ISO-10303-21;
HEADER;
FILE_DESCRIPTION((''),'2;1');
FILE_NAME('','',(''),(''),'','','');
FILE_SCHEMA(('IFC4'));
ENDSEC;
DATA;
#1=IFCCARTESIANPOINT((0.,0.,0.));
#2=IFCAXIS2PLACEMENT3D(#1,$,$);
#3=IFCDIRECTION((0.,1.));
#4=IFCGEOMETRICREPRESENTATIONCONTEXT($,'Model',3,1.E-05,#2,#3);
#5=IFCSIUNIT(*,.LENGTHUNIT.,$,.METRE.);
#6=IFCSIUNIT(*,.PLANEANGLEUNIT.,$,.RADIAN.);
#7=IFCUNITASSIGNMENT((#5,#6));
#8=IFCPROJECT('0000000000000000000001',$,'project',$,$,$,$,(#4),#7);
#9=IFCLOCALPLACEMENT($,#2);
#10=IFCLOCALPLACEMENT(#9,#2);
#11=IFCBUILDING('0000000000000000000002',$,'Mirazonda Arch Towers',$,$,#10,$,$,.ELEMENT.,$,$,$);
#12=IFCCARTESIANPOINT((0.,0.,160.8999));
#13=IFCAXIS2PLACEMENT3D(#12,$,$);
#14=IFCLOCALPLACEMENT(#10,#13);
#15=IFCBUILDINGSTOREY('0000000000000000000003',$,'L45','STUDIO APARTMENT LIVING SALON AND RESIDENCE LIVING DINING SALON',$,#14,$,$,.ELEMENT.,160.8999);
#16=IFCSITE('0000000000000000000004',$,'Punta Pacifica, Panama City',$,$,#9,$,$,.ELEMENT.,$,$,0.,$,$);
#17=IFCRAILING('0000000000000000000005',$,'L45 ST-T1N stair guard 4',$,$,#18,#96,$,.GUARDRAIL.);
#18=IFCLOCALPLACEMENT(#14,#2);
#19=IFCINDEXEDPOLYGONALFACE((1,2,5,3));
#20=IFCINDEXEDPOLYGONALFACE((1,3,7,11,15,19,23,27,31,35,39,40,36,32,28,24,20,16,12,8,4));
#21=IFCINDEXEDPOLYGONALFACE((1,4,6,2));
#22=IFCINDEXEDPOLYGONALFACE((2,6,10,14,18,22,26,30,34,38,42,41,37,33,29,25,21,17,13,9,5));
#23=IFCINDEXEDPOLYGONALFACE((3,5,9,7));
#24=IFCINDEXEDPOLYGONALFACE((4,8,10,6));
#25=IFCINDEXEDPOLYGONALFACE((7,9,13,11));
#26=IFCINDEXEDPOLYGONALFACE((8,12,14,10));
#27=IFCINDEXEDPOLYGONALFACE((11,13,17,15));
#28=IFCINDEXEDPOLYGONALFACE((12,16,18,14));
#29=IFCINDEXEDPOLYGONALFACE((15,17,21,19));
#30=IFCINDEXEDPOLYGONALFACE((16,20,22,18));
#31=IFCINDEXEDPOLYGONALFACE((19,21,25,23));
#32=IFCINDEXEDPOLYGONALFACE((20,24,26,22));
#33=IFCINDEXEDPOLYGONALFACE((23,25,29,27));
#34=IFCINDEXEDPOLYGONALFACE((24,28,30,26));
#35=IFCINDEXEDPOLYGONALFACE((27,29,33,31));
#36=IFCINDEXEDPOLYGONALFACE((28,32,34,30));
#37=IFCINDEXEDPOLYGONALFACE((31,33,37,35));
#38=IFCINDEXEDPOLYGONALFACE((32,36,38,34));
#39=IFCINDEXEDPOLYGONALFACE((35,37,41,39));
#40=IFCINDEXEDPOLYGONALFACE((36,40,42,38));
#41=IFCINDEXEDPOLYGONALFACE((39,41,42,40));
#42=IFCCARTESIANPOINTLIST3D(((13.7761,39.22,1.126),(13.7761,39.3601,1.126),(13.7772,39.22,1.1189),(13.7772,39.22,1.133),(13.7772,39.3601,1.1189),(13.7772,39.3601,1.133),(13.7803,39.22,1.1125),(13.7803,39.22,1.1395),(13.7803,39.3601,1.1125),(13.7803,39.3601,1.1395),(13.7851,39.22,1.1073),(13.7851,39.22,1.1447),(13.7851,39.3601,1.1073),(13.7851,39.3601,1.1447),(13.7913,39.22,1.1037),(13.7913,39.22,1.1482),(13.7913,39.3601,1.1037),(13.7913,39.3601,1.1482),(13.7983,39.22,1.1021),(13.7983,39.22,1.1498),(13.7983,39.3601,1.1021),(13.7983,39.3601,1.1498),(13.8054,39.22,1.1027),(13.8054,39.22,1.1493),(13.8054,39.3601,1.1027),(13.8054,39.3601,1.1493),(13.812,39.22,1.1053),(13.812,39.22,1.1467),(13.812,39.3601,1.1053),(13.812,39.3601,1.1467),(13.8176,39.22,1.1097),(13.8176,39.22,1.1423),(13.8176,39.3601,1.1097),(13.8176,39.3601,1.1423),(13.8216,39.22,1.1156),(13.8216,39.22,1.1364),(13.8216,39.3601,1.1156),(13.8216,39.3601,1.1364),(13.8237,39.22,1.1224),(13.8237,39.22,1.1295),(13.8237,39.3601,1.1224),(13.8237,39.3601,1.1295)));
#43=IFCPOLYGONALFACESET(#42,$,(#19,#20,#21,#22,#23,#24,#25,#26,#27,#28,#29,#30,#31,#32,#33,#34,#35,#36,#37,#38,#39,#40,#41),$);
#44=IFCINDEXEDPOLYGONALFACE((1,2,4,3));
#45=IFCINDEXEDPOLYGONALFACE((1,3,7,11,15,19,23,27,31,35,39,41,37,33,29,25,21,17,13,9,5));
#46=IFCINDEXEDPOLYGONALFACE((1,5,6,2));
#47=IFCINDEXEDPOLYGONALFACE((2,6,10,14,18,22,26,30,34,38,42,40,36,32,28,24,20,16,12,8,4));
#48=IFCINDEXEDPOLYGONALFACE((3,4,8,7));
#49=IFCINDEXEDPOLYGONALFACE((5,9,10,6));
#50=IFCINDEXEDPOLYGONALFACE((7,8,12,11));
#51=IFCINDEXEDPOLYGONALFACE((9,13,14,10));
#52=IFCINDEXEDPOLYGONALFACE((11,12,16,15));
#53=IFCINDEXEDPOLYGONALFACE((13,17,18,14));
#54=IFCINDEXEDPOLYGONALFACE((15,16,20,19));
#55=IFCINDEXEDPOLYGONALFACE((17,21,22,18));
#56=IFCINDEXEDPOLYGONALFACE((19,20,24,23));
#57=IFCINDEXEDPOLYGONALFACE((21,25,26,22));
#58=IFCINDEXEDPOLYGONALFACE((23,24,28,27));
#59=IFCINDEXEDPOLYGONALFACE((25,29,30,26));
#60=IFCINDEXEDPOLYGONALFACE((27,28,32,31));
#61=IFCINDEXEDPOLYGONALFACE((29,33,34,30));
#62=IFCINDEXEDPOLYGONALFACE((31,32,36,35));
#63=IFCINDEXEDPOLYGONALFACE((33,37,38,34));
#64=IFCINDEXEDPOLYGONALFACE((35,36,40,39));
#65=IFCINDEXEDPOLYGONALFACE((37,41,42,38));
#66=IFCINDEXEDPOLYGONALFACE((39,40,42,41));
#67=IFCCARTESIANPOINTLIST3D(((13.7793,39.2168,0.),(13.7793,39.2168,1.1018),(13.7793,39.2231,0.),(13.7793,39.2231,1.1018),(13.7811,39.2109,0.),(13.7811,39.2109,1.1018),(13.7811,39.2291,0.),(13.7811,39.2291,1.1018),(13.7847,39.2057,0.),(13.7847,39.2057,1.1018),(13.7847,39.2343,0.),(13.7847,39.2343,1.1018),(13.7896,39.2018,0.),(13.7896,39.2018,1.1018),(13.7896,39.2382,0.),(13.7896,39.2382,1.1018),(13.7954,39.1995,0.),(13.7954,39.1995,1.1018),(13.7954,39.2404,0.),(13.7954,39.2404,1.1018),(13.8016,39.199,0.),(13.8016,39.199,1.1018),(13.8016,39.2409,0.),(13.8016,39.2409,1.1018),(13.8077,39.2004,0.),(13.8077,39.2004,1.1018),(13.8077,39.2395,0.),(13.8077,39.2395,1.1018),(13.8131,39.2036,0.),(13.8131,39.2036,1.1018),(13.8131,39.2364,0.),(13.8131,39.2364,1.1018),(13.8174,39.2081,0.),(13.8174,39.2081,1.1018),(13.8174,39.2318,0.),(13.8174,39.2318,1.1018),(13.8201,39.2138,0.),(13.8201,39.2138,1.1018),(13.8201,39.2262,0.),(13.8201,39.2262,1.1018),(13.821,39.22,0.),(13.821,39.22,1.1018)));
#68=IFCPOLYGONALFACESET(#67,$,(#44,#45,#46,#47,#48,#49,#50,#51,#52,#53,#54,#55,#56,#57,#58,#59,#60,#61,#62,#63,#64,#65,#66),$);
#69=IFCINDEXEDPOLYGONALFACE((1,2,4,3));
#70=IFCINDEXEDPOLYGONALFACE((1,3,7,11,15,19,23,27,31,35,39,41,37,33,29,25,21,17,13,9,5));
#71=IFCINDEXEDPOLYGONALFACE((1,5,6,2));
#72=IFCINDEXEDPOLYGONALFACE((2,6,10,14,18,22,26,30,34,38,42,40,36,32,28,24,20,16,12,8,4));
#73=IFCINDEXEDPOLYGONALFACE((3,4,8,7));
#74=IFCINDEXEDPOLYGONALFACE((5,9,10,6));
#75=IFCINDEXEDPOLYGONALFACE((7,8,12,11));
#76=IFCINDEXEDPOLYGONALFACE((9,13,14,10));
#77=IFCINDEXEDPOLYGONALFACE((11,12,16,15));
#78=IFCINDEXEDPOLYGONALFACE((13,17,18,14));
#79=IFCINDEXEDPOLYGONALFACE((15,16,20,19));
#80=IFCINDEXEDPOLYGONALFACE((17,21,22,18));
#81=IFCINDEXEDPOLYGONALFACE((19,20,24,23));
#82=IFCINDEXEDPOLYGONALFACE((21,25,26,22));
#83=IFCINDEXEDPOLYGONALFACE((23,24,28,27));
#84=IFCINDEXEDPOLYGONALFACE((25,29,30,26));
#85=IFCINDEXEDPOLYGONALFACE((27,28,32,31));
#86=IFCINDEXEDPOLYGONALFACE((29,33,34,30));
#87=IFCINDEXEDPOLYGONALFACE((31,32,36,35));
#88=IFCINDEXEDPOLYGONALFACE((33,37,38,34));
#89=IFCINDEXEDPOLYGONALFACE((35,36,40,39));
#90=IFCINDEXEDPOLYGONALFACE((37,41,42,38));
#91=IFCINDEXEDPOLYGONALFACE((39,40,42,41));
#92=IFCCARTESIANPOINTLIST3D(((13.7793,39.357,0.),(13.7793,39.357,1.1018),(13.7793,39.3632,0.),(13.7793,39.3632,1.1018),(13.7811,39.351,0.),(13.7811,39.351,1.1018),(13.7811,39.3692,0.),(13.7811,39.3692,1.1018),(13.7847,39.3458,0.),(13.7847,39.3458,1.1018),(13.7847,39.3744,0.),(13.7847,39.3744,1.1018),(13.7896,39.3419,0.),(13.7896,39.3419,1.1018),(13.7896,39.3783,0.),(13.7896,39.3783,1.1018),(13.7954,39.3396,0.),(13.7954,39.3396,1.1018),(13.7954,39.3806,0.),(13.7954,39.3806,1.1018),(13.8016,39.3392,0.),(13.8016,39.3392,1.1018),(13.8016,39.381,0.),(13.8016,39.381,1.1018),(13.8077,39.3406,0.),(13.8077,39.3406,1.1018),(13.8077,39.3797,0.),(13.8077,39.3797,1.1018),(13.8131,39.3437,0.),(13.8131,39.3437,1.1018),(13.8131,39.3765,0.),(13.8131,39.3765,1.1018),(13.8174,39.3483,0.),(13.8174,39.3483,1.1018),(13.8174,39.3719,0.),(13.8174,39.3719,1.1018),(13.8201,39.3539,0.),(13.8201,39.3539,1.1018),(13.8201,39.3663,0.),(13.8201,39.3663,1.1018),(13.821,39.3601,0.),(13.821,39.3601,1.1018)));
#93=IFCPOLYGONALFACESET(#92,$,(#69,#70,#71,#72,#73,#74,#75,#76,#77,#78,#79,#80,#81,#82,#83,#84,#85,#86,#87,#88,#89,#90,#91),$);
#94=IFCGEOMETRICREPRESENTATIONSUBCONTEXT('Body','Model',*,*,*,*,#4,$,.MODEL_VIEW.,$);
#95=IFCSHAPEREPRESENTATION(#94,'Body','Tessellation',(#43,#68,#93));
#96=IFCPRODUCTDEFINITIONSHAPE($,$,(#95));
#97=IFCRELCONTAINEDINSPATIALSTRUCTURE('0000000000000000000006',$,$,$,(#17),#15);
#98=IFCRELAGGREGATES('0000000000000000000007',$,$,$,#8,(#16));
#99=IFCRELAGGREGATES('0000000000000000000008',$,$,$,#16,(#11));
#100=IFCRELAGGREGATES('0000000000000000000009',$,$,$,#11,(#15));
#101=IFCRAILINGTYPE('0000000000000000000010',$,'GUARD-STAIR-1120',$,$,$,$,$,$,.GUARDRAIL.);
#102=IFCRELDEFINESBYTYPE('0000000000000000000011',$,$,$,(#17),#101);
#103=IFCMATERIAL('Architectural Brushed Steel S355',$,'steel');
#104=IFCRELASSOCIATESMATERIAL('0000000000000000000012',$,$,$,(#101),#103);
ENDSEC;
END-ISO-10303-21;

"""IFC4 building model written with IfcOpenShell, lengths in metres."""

from ifc_helpers import new_model, si_unit, direction, frame, origin, origin_2d, place, context, subcontext, project, spatial, circle, extrude, material, type_object, element, save


model = new_model("IFC4")

# Units and contexts
model_context = context("Model", 3, precision=1e-05, world=origin(), true_north=direction((0.0, 1.0)))
body_context = subcontext(model_context, "Body", "Model", "MODEL_VIEW")
ifc_project = project(units=[si_unit("LENGTHUNIT", "METRE"), si_unit("PLANEANGLEUNIT", "RADIAN")], contexts=[model_context])

# Site, building, storey
site_placement = place(None, origin())
site = spatial("IfcSite", under=ifc_project, at=site_placement, Name="Punta Pacifica, Panama City", CompositionType="ELEMENT", RefElevation=0.0)
building_placement = place(site_placement, origin())
building = spatial("IfcBuilding", under=site, at=building_placement, Name="Mirazonda Arch Towers", CompositionType="ELEMENT")
storey_placement = place(building_placement, frame((0.0, 0.0, 160.8999)))
storey = spatial("IfcBuildingStorey", under=building, at=storey_placement, Name="L45", Description="STUDIO APARTMENT LIVING SALON AND RESIDENCE LIVING DINING SALON", CompositionType="ELEMENT", Elevation=160.8999)

# Shared definitions
ifc_material_1 = material(Name="Architectural Brushed Steel S355", Category="steel")

# Railing
railing_type_1 = type_object("IfcRailingType", Name="GUARD-STAIR-1120", PredefinedType="GUARDRAIL", material=ifc_material_1)
railing_1_placement = place(storey_placement, frame((13.8, 39.22, 0.0)))
element("IfcRailing", 1, at=railing_1_placement, inside=storey, type_object=railing_type_1, Name="L45 ST-T1N stair guard 4", PredefinedType="GUARDRAIL", context=body_context, shape_type="SweptSolid", body=[
    extrude(circle(Radius=0.0239, at=origin_2d()), frame((0.0, 0.0, 1.126), z_axis=(0.0, 1.0, 0.0), x_axis=(-1.0, 0.0, 0.0)), (0.0, 0.0, 1.0), 0.1401),
    extrude(circle(Radius=0.021, at=origin_2d()), origin(), (0.0, 0.0, 1.0), 1.1018),
    extrude(circle(Radius=0.021, at=origin_2d()), frame((0.0, 0.1401, 0.0)), (0.0, 0.0, 1.0), 1.1018),
])

save(model, "model.ifc")
